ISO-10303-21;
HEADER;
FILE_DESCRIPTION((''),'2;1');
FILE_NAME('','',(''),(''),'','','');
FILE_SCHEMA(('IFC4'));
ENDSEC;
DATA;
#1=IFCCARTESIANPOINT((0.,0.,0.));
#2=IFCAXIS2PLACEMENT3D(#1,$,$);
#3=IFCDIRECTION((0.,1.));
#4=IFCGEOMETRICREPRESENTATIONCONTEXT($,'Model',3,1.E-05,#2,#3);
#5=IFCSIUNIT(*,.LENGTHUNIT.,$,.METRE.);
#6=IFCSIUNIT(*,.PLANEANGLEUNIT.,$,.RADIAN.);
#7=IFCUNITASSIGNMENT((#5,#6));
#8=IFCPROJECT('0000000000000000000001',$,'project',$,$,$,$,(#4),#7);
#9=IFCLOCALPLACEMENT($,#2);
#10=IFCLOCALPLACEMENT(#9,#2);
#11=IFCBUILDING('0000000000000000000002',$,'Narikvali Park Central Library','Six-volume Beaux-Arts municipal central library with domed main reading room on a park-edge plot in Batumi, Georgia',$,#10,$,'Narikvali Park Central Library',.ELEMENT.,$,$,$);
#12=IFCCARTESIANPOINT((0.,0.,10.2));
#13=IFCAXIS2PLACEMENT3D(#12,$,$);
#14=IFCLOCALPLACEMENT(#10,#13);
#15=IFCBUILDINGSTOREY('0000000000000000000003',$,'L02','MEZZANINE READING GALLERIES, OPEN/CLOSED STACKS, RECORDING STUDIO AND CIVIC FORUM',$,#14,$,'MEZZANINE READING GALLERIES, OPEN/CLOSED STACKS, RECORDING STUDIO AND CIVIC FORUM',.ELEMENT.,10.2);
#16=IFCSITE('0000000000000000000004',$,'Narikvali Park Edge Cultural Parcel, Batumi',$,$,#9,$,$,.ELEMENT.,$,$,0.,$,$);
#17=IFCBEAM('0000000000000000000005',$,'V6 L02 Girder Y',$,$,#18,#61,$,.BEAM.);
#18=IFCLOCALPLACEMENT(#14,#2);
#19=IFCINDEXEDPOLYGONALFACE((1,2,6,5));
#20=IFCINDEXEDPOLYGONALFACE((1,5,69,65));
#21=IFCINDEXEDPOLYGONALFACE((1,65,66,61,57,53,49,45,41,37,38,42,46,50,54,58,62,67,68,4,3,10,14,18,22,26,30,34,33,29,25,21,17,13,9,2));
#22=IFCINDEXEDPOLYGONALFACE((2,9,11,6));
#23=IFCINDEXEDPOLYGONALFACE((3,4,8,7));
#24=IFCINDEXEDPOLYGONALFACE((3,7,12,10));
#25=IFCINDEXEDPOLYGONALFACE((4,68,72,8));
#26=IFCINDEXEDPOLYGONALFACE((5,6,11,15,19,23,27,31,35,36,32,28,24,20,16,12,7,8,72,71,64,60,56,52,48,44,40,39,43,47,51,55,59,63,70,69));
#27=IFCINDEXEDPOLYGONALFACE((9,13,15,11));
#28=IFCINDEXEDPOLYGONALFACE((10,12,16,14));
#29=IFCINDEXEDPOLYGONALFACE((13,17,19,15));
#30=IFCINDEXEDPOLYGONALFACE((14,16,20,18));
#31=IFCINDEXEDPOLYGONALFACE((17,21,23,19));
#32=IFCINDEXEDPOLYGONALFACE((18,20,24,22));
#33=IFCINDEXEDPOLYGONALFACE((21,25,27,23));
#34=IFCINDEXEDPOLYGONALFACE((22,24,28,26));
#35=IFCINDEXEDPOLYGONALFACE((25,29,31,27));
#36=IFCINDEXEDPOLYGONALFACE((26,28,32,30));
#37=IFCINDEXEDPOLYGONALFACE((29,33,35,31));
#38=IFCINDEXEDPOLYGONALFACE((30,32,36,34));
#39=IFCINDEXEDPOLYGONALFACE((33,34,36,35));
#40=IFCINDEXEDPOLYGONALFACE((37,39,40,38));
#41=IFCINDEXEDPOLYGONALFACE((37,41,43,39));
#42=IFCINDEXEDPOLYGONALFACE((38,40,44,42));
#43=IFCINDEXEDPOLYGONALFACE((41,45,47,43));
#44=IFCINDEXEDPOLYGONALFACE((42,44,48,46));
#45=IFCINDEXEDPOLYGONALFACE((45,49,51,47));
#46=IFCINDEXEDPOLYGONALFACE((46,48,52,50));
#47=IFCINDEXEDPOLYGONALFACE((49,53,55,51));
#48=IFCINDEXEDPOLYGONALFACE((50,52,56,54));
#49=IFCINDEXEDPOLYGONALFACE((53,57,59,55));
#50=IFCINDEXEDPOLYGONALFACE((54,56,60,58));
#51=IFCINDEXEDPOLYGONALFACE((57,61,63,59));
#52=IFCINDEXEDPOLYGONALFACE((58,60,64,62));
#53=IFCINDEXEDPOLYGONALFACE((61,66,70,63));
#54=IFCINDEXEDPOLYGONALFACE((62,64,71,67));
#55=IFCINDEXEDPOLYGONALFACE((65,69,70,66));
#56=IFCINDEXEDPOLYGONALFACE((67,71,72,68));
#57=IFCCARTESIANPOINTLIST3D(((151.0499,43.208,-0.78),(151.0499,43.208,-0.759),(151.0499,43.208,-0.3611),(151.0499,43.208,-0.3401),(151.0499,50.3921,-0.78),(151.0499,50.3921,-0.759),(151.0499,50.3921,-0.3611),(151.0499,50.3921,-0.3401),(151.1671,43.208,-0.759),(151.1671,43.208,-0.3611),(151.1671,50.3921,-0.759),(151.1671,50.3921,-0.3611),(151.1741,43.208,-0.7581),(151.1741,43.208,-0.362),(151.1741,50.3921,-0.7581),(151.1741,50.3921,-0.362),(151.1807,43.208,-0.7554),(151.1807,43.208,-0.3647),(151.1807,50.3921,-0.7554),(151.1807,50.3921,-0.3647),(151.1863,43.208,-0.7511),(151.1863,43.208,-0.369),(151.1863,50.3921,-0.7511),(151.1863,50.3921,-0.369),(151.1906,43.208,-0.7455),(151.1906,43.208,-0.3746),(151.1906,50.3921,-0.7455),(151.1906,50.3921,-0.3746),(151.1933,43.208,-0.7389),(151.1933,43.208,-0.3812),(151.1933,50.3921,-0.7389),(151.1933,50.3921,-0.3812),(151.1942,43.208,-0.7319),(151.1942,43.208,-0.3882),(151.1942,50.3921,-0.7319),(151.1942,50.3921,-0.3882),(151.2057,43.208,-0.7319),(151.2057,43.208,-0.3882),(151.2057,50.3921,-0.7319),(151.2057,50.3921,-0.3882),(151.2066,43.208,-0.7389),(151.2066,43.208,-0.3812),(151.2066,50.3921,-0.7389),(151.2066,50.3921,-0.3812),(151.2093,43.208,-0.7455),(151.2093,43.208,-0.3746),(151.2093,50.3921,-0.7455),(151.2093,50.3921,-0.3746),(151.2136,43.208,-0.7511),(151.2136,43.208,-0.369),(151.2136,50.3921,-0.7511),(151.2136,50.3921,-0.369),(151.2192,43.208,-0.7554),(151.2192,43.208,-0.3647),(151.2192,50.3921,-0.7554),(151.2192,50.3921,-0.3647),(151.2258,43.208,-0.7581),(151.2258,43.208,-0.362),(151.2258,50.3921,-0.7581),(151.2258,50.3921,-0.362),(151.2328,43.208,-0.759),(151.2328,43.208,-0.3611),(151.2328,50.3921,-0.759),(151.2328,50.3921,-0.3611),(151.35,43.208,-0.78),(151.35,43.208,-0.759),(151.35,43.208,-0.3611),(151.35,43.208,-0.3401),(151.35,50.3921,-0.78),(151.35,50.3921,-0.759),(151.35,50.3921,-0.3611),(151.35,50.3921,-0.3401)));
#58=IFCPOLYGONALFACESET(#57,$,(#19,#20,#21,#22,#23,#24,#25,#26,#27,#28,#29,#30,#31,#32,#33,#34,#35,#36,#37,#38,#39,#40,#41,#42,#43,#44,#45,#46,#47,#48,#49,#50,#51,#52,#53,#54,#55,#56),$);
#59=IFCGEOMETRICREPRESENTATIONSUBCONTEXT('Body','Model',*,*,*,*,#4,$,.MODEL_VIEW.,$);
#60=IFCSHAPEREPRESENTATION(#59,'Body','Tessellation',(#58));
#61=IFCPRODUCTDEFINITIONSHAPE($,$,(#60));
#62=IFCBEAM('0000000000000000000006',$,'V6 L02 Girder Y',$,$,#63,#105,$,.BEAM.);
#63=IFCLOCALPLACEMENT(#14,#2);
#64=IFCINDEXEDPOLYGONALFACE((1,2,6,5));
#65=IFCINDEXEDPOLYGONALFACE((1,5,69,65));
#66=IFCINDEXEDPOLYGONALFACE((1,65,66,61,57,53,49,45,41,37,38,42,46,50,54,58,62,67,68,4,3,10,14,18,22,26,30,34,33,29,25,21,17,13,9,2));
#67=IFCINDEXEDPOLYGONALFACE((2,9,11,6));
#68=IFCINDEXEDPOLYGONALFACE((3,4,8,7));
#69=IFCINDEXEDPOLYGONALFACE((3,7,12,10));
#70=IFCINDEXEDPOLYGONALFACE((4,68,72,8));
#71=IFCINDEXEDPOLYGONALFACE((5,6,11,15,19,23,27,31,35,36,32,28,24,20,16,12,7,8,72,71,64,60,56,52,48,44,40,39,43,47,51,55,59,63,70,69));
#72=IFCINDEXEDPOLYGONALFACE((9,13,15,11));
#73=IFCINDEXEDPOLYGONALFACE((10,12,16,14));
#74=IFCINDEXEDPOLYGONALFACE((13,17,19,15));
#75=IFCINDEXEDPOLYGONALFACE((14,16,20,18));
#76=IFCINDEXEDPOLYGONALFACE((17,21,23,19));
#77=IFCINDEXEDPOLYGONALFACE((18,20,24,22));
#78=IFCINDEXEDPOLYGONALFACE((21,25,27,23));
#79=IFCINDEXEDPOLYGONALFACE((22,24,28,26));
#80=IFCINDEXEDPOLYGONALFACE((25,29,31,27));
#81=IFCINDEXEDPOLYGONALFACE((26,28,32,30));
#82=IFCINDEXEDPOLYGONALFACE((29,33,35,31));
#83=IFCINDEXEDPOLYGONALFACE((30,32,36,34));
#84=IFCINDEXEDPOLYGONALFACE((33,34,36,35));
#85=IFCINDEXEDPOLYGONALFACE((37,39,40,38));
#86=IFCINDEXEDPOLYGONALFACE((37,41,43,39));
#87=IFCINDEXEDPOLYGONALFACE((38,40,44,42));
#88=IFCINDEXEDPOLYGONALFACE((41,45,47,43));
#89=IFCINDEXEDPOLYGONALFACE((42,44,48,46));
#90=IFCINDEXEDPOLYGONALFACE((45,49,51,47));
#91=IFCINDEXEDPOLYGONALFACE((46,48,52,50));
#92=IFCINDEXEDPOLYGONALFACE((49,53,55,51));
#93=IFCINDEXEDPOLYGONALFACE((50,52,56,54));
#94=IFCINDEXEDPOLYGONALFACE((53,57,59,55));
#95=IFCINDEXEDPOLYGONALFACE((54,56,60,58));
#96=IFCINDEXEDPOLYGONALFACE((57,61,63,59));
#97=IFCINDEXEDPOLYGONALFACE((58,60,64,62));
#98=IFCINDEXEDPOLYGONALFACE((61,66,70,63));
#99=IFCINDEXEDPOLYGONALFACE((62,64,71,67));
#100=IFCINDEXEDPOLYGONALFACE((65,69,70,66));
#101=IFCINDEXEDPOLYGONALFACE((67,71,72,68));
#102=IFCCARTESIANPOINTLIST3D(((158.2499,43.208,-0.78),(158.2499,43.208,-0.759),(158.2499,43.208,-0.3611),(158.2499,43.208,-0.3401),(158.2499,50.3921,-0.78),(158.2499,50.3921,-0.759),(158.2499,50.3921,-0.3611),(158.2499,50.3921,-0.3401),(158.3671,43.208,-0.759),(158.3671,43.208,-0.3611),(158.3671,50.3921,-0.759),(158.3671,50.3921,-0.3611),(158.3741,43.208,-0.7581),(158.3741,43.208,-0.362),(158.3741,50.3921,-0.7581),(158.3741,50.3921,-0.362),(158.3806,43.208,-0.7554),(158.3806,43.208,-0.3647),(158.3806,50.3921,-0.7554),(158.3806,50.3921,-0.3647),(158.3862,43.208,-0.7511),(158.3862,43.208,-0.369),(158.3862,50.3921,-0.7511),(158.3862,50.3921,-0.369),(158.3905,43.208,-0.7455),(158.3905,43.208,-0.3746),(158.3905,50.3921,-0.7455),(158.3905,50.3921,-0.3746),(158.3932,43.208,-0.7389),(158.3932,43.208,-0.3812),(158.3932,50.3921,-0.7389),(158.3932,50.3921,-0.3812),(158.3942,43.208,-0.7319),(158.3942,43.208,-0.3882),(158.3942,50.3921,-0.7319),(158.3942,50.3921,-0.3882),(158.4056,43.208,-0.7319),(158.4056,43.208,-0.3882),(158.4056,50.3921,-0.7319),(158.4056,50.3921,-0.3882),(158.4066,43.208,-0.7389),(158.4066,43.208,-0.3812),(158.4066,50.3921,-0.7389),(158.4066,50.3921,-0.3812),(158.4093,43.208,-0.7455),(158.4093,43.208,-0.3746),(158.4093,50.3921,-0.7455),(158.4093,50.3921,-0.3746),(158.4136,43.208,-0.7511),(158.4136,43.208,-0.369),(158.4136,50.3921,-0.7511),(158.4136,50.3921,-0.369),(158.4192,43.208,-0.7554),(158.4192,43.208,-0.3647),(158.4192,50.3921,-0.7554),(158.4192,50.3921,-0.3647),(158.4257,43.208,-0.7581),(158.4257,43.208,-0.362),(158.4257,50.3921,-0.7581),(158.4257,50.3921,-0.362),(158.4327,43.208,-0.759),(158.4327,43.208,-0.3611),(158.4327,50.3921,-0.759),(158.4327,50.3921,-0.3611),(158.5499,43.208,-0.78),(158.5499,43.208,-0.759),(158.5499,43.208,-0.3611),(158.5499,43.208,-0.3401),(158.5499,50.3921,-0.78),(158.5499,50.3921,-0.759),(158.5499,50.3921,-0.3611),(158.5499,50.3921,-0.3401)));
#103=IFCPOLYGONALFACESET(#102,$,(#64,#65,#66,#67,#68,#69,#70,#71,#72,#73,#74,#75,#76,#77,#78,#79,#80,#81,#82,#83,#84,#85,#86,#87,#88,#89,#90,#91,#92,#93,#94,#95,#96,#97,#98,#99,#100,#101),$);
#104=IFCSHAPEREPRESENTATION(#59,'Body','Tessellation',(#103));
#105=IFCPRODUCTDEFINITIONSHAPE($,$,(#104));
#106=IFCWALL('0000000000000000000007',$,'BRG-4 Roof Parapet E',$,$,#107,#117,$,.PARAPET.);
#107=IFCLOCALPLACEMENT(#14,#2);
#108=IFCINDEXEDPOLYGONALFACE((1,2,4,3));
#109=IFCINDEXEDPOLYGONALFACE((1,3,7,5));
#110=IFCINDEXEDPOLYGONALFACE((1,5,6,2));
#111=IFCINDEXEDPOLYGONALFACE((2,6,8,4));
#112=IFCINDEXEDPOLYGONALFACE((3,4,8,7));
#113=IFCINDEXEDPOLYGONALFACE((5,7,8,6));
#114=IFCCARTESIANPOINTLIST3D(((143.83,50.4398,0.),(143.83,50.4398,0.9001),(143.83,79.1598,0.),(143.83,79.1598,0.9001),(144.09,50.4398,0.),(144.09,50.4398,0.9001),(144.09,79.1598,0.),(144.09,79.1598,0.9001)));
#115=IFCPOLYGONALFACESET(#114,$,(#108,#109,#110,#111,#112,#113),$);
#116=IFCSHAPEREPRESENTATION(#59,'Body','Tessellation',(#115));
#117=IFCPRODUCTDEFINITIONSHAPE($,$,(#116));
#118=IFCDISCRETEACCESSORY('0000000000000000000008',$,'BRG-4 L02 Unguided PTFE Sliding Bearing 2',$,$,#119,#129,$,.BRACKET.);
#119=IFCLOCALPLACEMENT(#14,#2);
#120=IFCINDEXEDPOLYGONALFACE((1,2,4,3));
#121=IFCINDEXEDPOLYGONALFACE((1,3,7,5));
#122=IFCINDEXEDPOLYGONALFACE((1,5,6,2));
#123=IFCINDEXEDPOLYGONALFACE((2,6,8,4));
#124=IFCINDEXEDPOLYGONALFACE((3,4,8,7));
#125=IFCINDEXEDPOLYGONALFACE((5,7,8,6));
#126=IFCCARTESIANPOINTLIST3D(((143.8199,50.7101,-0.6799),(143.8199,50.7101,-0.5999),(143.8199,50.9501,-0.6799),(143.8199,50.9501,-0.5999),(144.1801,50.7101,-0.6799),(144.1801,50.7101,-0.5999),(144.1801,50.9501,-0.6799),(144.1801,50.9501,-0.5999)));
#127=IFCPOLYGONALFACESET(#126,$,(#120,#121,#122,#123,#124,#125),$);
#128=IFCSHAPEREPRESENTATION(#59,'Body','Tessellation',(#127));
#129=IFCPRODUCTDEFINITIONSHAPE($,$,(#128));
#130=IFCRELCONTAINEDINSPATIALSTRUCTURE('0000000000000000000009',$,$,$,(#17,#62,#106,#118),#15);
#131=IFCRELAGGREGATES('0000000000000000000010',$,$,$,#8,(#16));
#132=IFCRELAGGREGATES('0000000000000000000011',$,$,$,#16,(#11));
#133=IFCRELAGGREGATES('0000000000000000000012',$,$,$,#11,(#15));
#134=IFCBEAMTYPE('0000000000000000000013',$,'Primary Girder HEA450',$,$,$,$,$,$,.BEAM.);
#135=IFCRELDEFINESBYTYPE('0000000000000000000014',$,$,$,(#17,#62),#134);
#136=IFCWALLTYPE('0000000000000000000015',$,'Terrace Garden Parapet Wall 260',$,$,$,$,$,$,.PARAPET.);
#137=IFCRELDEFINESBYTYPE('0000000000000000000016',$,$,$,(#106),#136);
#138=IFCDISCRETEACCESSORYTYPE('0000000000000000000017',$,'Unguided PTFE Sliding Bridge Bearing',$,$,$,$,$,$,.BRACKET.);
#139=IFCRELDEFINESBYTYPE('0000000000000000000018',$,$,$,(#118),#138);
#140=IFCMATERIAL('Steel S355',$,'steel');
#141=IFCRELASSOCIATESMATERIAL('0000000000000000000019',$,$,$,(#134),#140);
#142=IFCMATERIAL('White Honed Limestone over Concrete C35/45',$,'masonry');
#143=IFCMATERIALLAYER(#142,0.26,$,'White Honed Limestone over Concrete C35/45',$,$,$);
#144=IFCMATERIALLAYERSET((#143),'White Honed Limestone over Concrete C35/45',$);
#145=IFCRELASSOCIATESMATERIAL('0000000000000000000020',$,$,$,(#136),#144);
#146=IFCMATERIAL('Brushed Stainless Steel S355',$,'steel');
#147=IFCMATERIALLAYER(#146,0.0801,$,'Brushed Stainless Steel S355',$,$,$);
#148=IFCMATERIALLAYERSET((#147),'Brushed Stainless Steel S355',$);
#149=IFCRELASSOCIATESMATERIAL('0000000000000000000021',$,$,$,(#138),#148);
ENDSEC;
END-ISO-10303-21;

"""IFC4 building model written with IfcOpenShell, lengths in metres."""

from ifc_helpers import new_model, si_unit, direction, frame, frame_2d, origin, origin_2d, place, context, subcontext, project, spatial, rectangle, i_section, extrude, material, layer, layer_set, material_profile, profile_set, type_object, element, save


model = new_model("IFC4")

# Units and contexts
model_context = context("Model", 3, precision=1e-05, world=origin(), true_north=direction((0.0, 1.0)))
body_context = subcontext(model_context, "Body", "Model", "MODEL_VIEW")
ifc_project = project(units=[si_unit("LENGTHUNIT", "METRE"), si_unit("PLANEANGLEUNIT", "RADIAN")], contexts=[model_context])

# Site, building, storey
site_placement = place(None, origin())
site = spatial("IfcSite", under=ifc_project, at=site_placement, Name="Narikvali Park Edge Cultural Parcel, Batumi", CompositionType="ELEMENT", RefElevation=0.0)
building_placement = place(site_placement, origin())
building = spatial("IfcBuilding", under=site, at=building_placement, Name="Narikvali Park Central Library", Description="Six-volume Beaux-Arts municipal central library with domed main reading room on a park-edge plot in Batumi, Georgia", LongName="Narikvali Park Central Library", CompositionType="ELEMENT")
storey_placement = place(building_placement, frame((0.0, 0.0, 10.2)))
storey = spatial("IfcBuildingStorey", under=building, at=storey_placement, Name="L02", Description="MEZZANINE READING GALLERIES, OPEN/CLOSED STACKS, RECORDING STUDIO AND CIVIC FORUM", LongName="MEZZANINE READING GALLERIES, OPEN/CLOSED STACKS, RECORDING STUDIO AND CIVIC FORUM", CompositionType="ELEMENT", Elevation=10.2)

# Beams
ifc_material_1 = material(Name="Steel S355", Category="steel")
ifc_material_profile_1 = material_profile(ifc_material_1, i_section(OverallWidth=0.3, OverallDepth=0.4399, WebThickness=0.0115, FlangeThickness=0.021, FilletRadius=0.0271, at=origin_2d()), Name="HEA 450")
ifc_profile_set_1 = profile_set([ifc_material_profile_1], Name="Steel S355")
beam_type_1 = type_object("IfcBeamType", Name="Primary Girder HEA450", PredefinedType="BEAM", material=ifc_profile_set_1)
for number, where, z_axis, x_axis, name in (
    (1, (151.2, 43.208, -0.5601), (0.0, 1.0, 0.0), (-1.0, 0.0, 0.0), "V6 L02 Girder Y"),
    (2, (158.3999, 43.208, -0.5601), (0.0, 1.0, 0.0), (-1.0, 0.0, 0.0), "V6 L02 Girder Y"),
):
    element("IfcBeam", number, at=place(storey_placement, frame(where, z_axis=z_axis, x_axis=x_axis)), inside=storey, type_object=beam_type_1, Name=name, PredefinedType="BEAM", context=body_context, shape_type="SweptSolid", body=[
        extrude(i_section(OverallWidth=0.3, OverallDepth=0.4399, WebThickness=0.0115, FlangeThickness=0.021, FilletRadius=0.0271, at=origin_2d()), origin(), (0.0, 0.0, 1.0), 7.1841),
    ])

# Wall
ifc_material_2 = material(Name="White Honed Limestone over Concrete C35/45", Category="masonry")
ifc_layer_1 = layer(ifc_material_2, 0.26, Name="White Honed Limestone over Concrete C35/45")
ifc_layer_set_1 = layer_set([ifc_layer_1], Name="White Honed Limestone over Concrete C35/45")
wall_type = type_object("IfcWallType", Name="Terrace Garden Parapet Wall 260", PredefinedType="PARAPET", material=ifc_layer_set_1)
wall_placement = place(storey_placement, frame((143.96, 50.4399, 0.0), z_axis=(0.0, 0.0, 1.0), x_axis=(0.0, 1.0, 0.0)))
element("IfcWall", 3, at=wall_placement, inside=storey, type_object=wall_type, Name="BRG-4 Roof Parapet E", PredefinedType="PARAPET", context=body_context, shape_type="SweptSolid", body=[
    extrude(rectangle(XDim=28.72, YDim=0.26, at=frame_2d((14.3599, 0.0))), origin(), (0.0, 0.0, 1.0), 0.9001),
])

# Discrete accessory
ifc_material_3 = material(Name="Brushed Stainless Steel S355", Category="steel")
ifc_layer_2 = layer(ifc_material_3, 0.0801, Name="Brushed Stainless Steel S355")
ifc_layer_set_2 = layer_set([ifc_layer_2], Name="Brushed Stainless Steel S355")
discrete_accessory_type = type_object("IfcDiscreteAccessoryType", Name="Unguided PTFE Sliding Bridge Bearing", PredefinedType="BRACKET", material=ifc_layer_set_2)
discrete_accessory_placement = place(storey_placement, frame((144.0, 50.8301, -0.6799), z_axis=(0.0, 0.0, 1.0), x_axis=(1.0, 0.0, 0.0)))
element("IfcDiscreteAccessory", 4, at=discrete_accessory_placement, inside=storey, type_object=discrete_accessory_type, Name="BRG-4 L02 Unguided PTFE Sliding Bearing 2", PredefinedType="BRACKET", context=body_context, shape_type="SweptSolid", body=[
    extrude(rectangle(XDim=0.3601, YDim=0.24, at=origin_2d()), origin(), (0.0, 0.0, 1.0), 0.0801),
])

save(model, "model.ifc")
